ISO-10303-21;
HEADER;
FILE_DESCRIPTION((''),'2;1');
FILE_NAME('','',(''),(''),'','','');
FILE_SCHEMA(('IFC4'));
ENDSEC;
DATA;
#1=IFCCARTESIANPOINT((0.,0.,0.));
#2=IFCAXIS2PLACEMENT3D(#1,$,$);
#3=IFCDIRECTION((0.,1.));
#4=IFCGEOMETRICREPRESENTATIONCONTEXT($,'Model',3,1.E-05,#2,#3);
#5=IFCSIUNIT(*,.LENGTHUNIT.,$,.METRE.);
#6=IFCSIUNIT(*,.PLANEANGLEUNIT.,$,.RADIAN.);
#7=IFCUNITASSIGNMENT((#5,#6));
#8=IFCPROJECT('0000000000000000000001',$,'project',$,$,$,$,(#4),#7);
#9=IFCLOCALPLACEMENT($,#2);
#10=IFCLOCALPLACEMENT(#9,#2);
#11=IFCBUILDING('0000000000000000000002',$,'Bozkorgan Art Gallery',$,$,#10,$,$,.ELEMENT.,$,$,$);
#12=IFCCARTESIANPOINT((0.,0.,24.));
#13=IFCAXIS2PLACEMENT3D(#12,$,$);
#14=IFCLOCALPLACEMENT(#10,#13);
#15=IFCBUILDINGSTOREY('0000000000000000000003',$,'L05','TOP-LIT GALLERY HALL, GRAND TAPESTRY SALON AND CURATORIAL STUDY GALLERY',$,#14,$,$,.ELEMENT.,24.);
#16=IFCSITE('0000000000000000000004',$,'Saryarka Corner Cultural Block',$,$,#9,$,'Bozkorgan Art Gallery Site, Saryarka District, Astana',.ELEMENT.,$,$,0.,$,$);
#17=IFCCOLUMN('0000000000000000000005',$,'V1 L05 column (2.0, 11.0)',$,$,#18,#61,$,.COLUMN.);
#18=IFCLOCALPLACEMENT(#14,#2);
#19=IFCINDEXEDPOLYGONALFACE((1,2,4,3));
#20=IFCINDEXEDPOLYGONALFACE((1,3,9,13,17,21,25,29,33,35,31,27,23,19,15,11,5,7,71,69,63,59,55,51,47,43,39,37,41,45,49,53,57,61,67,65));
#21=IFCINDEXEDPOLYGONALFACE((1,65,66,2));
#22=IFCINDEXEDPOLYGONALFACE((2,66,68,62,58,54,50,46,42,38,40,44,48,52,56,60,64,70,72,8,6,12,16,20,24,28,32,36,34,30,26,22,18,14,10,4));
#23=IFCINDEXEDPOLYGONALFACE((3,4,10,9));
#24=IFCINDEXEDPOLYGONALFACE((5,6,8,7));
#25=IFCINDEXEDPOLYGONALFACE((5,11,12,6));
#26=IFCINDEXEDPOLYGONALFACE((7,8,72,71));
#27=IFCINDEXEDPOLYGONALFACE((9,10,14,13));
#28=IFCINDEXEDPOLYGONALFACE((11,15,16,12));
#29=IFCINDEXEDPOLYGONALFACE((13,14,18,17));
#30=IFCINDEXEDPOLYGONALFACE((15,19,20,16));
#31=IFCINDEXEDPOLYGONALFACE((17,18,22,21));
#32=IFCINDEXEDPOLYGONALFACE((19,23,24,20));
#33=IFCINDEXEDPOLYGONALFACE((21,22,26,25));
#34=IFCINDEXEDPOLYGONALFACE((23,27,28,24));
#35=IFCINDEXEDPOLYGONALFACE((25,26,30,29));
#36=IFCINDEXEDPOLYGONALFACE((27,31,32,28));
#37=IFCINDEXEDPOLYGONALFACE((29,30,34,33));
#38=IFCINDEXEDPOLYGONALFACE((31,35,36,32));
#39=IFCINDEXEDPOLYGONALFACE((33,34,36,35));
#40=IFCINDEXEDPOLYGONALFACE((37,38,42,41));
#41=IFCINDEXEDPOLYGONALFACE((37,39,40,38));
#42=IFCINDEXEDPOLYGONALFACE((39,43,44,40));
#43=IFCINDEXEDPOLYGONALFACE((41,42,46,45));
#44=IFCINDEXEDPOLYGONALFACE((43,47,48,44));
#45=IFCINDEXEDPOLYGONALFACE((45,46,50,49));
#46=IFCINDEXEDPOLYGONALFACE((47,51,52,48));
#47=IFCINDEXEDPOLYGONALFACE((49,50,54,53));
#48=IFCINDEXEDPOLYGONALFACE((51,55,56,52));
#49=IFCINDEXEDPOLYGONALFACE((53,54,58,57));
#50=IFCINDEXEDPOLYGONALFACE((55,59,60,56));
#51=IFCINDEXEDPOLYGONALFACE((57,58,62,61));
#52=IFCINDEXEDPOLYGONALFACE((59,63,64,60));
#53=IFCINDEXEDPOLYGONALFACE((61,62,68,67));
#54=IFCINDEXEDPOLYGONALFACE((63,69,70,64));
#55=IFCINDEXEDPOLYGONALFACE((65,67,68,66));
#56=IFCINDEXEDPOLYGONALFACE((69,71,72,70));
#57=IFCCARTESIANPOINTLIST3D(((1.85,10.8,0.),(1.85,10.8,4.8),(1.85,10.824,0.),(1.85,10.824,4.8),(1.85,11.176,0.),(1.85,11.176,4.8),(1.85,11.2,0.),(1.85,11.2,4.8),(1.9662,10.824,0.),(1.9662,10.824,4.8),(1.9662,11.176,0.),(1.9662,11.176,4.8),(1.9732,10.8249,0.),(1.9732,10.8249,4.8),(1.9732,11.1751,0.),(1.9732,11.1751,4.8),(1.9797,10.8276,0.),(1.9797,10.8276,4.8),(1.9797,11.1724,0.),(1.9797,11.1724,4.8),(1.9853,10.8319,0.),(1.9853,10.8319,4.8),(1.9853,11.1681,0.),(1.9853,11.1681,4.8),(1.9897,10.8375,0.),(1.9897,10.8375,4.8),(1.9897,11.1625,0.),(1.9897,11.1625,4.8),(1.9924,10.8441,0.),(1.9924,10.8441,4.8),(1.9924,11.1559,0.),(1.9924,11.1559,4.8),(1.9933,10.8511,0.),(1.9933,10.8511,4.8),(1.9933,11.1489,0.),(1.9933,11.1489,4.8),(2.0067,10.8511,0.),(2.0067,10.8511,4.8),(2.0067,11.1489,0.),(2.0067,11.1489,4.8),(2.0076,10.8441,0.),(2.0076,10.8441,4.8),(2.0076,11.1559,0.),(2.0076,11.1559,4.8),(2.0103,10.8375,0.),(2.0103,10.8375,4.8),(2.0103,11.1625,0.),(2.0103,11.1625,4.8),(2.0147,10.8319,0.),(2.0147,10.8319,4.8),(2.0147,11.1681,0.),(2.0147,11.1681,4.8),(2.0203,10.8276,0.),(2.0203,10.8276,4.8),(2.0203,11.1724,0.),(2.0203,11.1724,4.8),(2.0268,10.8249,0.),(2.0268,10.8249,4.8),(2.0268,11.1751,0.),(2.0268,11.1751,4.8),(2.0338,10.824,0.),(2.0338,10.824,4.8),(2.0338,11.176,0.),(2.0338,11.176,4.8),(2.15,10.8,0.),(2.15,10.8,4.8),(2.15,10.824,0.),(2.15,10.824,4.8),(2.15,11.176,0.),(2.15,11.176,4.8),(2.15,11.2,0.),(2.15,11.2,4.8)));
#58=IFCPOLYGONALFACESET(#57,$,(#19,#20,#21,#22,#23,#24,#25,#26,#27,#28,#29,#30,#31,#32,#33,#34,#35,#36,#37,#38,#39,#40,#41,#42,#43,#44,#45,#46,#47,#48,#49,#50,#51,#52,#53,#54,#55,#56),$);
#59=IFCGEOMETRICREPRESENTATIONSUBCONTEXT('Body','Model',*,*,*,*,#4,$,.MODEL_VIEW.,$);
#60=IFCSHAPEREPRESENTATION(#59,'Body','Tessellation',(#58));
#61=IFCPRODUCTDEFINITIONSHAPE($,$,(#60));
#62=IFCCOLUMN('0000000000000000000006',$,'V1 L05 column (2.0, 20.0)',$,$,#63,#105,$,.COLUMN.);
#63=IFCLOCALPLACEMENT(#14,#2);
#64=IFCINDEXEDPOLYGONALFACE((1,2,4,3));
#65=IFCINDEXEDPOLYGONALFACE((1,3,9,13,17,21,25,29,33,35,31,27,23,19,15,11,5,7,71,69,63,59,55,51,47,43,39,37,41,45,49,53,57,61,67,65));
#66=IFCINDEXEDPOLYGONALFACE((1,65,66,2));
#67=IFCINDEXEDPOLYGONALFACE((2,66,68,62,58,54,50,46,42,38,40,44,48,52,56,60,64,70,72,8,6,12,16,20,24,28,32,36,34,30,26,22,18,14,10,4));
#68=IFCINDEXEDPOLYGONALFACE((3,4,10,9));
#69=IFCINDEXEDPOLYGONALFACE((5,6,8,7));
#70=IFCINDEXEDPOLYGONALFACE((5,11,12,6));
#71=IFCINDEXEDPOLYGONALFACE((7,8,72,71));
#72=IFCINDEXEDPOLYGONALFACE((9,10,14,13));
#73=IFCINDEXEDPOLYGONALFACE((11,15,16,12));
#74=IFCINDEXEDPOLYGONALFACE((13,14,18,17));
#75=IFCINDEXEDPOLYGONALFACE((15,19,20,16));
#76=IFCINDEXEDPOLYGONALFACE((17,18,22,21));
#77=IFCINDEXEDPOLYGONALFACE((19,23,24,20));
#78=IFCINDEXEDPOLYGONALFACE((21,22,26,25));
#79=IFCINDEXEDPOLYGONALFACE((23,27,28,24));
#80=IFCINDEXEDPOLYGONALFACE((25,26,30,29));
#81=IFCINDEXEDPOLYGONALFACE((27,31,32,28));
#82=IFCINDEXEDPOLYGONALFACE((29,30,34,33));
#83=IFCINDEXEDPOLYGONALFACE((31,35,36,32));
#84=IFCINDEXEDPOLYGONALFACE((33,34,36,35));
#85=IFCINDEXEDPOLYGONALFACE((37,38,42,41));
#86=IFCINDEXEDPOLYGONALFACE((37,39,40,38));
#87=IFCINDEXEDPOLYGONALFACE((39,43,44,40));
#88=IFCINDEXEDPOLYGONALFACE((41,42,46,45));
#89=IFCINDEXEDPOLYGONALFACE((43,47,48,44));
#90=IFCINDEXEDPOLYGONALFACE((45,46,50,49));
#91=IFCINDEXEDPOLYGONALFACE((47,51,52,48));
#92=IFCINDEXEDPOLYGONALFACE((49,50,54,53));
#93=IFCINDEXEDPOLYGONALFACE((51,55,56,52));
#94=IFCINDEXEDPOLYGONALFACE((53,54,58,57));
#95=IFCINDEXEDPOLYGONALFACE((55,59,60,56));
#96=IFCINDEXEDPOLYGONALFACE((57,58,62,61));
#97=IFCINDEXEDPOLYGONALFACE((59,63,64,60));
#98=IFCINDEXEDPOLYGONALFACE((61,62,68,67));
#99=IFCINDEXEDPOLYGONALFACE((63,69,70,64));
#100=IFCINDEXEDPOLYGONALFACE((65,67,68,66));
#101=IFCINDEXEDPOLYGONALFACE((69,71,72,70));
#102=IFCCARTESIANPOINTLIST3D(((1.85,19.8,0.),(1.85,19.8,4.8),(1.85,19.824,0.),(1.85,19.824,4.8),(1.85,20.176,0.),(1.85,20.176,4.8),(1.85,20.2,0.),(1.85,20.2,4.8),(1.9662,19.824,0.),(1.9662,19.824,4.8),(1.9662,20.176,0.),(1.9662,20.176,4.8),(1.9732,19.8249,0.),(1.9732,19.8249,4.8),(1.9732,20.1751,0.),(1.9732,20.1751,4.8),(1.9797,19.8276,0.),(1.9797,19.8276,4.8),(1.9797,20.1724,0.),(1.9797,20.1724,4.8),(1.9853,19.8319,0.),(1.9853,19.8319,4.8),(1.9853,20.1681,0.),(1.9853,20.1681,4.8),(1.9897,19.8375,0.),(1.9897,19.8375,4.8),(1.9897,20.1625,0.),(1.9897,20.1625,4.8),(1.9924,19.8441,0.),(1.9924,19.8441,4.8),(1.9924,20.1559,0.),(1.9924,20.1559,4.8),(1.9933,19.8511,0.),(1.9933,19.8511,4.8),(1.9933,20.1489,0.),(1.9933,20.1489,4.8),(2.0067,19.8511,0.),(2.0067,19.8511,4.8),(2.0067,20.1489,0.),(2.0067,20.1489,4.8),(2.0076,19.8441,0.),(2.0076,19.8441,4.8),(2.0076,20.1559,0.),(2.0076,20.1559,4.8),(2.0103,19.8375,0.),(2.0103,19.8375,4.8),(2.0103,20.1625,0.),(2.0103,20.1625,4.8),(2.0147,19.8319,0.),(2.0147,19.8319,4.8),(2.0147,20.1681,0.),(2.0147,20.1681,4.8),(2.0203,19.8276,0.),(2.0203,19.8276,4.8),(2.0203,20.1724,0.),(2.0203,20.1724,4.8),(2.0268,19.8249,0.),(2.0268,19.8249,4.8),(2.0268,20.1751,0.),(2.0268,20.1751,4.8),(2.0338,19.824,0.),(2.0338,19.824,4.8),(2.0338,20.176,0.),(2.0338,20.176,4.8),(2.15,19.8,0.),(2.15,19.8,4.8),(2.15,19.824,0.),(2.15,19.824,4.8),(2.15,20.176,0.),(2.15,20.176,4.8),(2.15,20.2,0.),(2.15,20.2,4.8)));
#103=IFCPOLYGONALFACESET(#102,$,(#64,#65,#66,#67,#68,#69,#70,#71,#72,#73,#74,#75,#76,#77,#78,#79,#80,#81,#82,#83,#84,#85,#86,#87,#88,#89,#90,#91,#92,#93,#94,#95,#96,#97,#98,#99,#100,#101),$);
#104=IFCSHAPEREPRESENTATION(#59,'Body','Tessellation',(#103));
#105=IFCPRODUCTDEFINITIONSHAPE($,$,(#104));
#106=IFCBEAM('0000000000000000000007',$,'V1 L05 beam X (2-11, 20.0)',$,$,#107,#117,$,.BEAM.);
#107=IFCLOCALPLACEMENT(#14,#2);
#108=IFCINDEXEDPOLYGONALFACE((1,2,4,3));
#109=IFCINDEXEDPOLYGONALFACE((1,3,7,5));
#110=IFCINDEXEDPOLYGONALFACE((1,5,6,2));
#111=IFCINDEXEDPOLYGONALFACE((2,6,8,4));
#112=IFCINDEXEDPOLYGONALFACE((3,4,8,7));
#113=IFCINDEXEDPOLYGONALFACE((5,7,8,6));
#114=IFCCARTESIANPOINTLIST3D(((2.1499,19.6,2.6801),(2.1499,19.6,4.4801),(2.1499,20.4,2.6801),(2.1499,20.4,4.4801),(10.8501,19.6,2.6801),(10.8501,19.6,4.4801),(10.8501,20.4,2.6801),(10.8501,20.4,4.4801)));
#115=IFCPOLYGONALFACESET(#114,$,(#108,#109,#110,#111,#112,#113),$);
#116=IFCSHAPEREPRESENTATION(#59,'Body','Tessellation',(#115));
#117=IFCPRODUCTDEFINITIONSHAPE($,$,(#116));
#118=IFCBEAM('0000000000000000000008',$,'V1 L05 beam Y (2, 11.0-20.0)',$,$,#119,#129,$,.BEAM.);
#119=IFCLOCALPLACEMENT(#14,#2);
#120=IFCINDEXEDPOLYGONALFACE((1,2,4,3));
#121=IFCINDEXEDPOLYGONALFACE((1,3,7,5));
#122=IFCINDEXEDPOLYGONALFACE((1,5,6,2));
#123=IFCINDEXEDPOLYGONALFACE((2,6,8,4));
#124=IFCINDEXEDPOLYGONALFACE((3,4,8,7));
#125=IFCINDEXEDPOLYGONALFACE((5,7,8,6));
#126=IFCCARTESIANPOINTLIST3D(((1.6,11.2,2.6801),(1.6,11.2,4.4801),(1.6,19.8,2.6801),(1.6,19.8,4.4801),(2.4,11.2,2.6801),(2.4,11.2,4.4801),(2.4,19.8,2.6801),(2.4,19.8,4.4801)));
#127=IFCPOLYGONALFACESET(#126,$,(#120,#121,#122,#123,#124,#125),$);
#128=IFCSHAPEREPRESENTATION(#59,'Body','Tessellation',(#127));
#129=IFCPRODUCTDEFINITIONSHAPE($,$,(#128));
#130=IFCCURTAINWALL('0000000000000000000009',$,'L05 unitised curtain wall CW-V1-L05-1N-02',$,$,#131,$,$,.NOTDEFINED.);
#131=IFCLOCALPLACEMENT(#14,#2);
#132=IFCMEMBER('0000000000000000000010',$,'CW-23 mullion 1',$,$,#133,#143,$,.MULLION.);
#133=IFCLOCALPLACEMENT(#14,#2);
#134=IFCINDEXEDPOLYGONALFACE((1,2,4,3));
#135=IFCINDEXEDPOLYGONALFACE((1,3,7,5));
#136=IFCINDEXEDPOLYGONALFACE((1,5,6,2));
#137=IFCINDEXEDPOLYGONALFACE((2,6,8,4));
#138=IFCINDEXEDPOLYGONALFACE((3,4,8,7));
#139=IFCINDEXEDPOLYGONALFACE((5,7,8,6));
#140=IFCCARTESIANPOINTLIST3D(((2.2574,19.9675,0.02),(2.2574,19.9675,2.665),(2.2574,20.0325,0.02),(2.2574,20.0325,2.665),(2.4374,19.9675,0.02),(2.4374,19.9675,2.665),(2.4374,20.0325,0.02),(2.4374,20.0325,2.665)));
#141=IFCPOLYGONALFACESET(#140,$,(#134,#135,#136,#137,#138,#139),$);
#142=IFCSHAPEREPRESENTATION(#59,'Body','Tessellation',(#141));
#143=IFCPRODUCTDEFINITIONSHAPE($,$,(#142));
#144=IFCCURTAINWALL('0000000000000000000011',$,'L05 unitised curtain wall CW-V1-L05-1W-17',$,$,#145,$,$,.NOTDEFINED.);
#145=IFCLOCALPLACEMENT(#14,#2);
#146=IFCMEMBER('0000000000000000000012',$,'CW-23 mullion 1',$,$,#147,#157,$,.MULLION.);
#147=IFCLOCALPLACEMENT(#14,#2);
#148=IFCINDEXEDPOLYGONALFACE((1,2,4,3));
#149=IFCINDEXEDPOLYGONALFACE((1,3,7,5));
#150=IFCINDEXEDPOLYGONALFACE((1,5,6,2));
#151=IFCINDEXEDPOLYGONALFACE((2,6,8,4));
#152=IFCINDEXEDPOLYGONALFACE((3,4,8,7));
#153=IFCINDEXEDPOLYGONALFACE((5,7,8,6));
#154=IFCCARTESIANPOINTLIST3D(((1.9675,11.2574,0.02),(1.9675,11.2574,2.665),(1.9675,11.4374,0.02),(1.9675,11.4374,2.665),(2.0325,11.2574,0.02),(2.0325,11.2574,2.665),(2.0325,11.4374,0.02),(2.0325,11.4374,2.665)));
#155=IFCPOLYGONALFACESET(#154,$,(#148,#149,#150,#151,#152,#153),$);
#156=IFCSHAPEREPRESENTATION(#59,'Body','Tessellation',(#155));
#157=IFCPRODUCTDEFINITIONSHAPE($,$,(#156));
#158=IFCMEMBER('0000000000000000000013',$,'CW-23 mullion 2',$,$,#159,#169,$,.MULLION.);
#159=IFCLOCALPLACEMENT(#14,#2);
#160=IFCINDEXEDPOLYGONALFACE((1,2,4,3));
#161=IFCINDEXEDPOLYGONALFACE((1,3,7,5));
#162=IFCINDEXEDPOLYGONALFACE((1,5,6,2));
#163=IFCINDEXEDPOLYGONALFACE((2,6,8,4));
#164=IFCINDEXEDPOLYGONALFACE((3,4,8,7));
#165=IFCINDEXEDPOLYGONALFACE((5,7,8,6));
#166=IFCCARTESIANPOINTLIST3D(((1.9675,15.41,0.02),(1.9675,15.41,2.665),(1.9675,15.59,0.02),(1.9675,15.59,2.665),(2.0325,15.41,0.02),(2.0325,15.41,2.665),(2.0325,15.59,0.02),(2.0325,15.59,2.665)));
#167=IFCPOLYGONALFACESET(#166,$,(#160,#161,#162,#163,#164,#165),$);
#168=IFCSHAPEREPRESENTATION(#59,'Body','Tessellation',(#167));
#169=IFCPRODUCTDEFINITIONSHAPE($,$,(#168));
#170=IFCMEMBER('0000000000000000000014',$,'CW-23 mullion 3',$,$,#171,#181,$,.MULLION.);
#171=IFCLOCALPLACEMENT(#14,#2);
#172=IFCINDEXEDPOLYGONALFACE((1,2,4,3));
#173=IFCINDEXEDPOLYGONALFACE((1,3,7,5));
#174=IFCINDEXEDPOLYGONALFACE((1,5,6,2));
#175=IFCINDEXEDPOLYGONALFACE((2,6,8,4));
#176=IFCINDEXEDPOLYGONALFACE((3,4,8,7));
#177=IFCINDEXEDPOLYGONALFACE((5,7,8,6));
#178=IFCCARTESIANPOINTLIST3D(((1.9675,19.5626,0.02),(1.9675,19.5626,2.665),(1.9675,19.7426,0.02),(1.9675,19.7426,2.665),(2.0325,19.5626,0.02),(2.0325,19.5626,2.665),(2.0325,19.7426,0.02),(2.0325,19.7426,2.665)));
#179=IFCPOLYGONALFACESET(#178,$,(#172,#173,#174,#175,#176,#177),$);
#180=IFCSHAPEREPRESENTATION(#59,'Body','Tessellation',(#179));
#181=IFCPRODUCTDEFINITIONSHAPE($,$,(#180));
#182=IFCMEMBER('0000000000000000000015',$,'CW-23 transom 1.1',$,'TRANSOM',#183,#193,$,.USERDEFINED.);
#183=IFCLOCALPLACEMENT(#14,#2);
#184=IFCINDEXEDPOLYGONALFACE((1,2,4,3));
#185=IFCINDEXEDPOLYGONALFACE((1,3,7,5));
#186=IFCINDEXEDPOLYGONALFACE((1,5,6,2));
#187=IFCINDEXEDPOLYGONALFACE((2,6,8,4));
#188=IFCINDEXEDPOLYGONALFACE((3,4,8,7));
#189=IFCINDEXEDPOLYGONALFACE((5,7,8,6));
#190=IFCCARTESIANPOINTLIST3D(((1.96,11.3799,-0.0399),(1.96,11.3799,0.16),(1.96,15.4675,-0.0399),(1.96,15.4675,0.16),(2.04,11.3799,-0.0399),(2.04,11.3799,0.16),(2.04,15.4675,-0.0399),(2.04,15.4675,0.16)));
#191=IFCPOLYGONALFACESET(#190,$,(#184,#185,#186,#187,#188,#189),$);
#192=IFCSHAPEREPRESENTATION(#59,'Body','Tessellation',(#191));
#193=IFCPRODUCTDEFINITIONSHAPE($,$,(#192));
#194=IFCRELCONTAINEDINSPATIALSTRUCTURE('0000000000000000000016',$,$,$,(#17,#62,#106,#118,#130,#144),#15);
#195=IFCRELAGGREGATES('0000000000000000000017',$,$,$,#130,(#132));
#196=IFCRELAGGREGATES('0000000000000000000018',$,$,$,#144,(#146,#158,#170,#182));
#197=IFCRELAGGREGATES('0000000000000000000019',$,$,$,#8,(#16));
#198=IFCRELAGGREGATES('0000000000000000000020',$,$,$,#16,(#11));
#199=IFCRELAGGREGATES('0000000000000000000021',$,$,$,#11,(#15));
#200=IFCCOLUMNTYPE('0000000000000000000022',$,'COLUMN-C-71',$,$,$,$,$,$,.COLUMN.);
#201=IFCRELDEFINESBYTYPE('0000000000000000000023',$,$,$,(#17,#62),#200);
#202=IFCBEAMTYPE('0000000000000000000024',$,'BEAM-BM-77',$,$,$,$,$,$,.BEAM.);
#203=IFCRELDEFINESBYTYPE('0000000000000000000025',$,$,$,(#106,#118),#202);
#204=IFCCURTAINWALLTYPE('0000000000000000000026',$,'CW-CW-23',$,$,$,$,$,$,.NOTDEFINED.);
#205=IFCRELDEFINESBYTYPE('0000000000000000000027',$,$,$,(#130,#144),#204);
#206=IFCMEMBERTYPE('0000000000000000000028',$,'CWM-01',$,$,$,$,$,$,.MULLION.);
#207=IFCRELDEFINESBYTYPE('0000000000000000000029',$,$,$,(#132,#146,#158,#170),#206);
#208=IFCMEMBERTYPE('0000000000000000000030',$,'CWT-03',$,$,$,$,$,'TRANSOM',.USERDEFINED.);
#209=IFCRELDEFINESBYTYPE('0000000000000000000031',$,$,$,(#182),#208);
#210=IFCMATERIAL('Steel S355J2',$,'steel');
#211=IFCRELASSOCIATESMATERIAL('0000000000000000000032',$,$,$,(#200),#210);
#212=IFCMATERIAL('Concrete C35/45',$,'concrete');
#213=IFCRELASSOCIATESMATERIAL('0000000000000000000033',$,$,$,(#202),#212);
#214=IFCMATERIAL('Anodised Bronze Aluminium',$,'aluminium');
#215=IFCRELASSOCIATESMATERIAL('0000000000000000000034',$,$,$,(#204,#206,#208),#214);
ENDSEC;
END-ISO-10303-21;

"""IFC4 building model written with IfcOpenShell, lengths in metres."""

from ifc_helpers import new_model, si_unit, direction, frame, origin, origin_2d, place, context, subcontext, project, spatial, rectangle, i_section, extrude, material, material_profile, profile_set, type_object, element, aggregate, save


model = new_model("IFC4")

# Units and contexts
model_context = context("Model", 3, precision=1e-05, world=origin(), true_north=direction((0.0, 1.0)))
body_context = subcontext(model_context, "Body", "Model", "MODEL_VIEW")
ifc_project = project(units=[si_unit("LENGTHUNIT", "METRE"), si_unit("PLANEANGLEUNIT", "RADIAN")], contexts=[model_context])

# Site, building, storey
site_placement = place(None, origin())
site = spatial("IfcSite", under=ifc_project, at=site_placement, Name="Saryarka Corner Cultural Block", LongName="Bozkorgan Art Gallery Site, Saryarka District, Astana", CompositionType="ELEMENT", RefElevation=0.0)
building_placement = place(site_placement, origin())
building = spatial("IfcBuilding", under=site, at=building_placement, Name="Bozkorgan Art Gallery", CompositionType="ELEMENT")
storey_placement = place(building_placement, frame((0.0, 0.0, 24.0)))
storey = spatial("IfcBuildingStorey", under=building, at=storey_placement, Name="L05", Description="TOP-LIT GALLERY HALL, GRAND TAPESTRY SALON AND CURATORIAL STUDY GALLERY", CompositionType="ELEMENT", Elevation=24.0)

# Columns
ifc_material_1 = material(Name="Steel S355J2", Category="steel")
ifc_material_profile_1 = material_profile(ifc_material_1, i_section(OverallWidth=0.3, OverallDepth=0.3999, WebThickness=0.0134, FlangeThickness=0.0239, FilletRadius=0.0271, at=origin_2d()), Name="HEB 400")
ifc_profile_set_1 = profile_set([ifc_material_profile_1], Name="Steel S355J2")
column_type = type_object("IfcColumnType", Name="COLUMN-C-71", PredefinedType="COLUMN", material=ifc_profile_set_1)
for number, where, z_axis, x_axis, name in (
    (1, (2.0, 11.0, 0.0), (0.0, 0.0, 1.0), (1.0, 0.0, 0.0), "V1 L05 column (2.0, 11.0)"),
    (2, (2.0, 20.0, 0.0), (0.0, 0.0, 1.0), (1.0, 0.0, 0.0), "V1 L05 column (2.0, 20.0)"),
):
    element("IfcColumn", number, at=place(storey_placement, frame(where, z_axis=z_axis, x_axis=x_axis)), inside=storey, type_object=column_type, Name=name, PredefinedType="COLUMN", context=body_context, shape_type="SweptSolid", body=[
        extrude(i_section(OverallWidth=0.3, OverallDepth=0.3999, WebThickness=0.0134, FlangeThickness=0.0239, FilletRadius=0.0271, at=origin_2d()), origin(), (0.0, 0.0, 1.0), 4.8),
    ])

# Beams
ifc_material_2 = material(Name="Concrete C35/45", Category="concrete")
ifc_material_profile_2 = material_profile(ifc_material_2, rectangle(XDim=0.8, YDim=1.8, at=origin_2d()), Name="RC 800x1800")
ifc_profile_set_2 = profile_set([ifc_material_profile_2], Name="Concrete C35/45")
beam_type = type_object("IfcBeamType", Name="BEAM-BM-77", PredefinedType="BEAM", material=ifc_profile_set_2)
beam_1_placement = place(storey_placement, frame((2.1499, 20.0, 3.5801), z_axis=(1.0, 0.0, 0.0), x_axis=(0.0, 1.0, 0.0)))
element("IfcBeam", 3, at=beam_1_placement, inside=storey, type_object=beam_type, Name="V1 L05 beam X (2-11, 20.0)", PredefinedType="BEAM", context=body_context, shape_type="SweptSolid", body=[
    extrude(rectangle(XDim=0.8, YDim=1.8, at=origin_2d()), origin(), (0.0, 0.0, 1.0), 8.7002),
])
beam_2_placement = place(storey_placement, frame((2.0, 11.2, 3.5801), z_axis=(0.0, 1.0, 0.0), x_axis=(-1.0, 0.0, 0.0)))
element("IfcBeam", 4, at=beam_2_placement, inside=storey, type_object=beam_type, Name="V1 L05 beam Y (2, 11.0-20.0)", PredefinedType="BEAM", context=body_context, shape_type="SweptSolid", body=[
    extrude(rectangle(XDim=0.8, YDim=1.8, at=origin_2d()), origin(), (0.0, 0.0, 1.0), 8.6001),
])

# Curtain wall, member
ifc_material_3 = material(Name="Anodised Bronze Aluminium", Category="aluminium")
curtain_wall_type = type_object("IfcCurtainWallType", Name="CW-CW-23", PredefinedType="NOTDEFINED", material=ifc_material_3)
curtain_wall_1_placement = place(storey_placement, origin())
curtain_wall_1 = element("IfcCurtainWall", 5, at=curtain_wall_1_placement, inside=storey, type_object=curtain_wall_type, Name="L05 unitised curtain wall CW-V1-L05-1N-02", PredefinedType="NOTDEFINED")
ifc_material_profile_3 = material_profile(ifc_material_3, rectangle(XDim=0.0649, YDim=0.1799, at=origin_2d()), Name="ALU MULLION 65x180")
ifc_profile_set_3 = profile_set([ifc_material_profile_3], Name="Anodised Bronze Aluminium")
member_type_1 = type_object("IfcMemberType", Name="CWM-01", PredefinedType="MULLION", material=ifc_profile_set_3)
member_1_placement = place(storey_placement, frame((2.3474, 20.0, 0.02), z_axis=(0.0, 0.0, 1.0), x_axis=(0.0, 1.0, 0.0)))
member_1 = element("IfcMember", 6, at=member_1_placement, type_object=member_type_1, Name="CW-23 mullion 1", PredefinedType="MULLION", context=body_context, shape_type="SweptSolid", body=[
    extrude(rectangle(XDim=0.0649, YDim=0.1799, at=origin_2d()), origin(), (0.0, 0.0, 1.0), 2.645),
])
aggregate(curtain_wall_1, [member_1])

# Curtain wall, members
curtain_wall_2_placement = place(storey_placement, origin())
curtain_wall_2 = element("IfcCurtainWall", 7, at=curtain_wall_2_placement, inside=storey, type_object=curtain_wall_type, Name="L05 unitised curtain wall CW-V1-L05-1W-17", PredefinedType="NOTDEFINED")
member_2_placement = place(storey_placement, frame((2.0, 11.3474, 0.02), z_axis=(0.0, 0.0, 1.0), x_axis=(-1.0, 0.0, 0.0)))
member_2 = element("IfcMember", 8, at=member_2_placement, type_object=member_type_1, Name="CW-23 mullion 1", PredefinedType="MULLION", context=body_context, shape_type="SweptSolid", body=[
    extrude(rectangle(XDim=0.0649, YDim=0.1799, at=origin_2d()), origin(), (0.0, 0.0, 1.0), 2.645),
])
member_3_placement = place(storey_placement, frame((2.0, 15.5, 0.02), z_axis=(0.0, 0.0, 1.0), x_axis=(-1.0, 0.0, 0.0)))
member_3 = element("IfcMember", 9, at=member_3_placement, type_object=member_type_1, Name="CW-23 mullion 2", PredefinedType="MULLION", context=body_context, shape_type="SweptSolid", body=[
    extrude(rectangle(XDim=0.0649, YDim=0.1799, at=origin_2d()), origin(), (0.0, 0.0, 1.0), 2.645),
])
member_4_placement = place(storey_placement, frame((2.0, 19.6526, 0.02), z_axis=(0.0, 0.0, 1.0), x_axis=(-1.0, 0.0, 0.0)))
member_4 = element("IfcMember", 10, at=member_4_placement, type_object=member_type_1, Name="CW-23 mullion 3", PredefinedType="MULLION", context=body_context, shape_type="SweptSolid", body=[
    extrude(rectangle(XDim=0.0649, YDim=0.1799, at=origin_2d()), origin(), (0.0, 0.0, 1.0), 2.645),
])
ifc_material_profile_4 = material_profile(ifc_material_3, rectangle(XDim=0.0801, YDim=0.2, at=origin_2d()), Name="ALU TRANSOM 80x200")
ifc_profile_set_4 = profile_set([ifc_material_profile_4], Name="Anodised Bronze Aluminium")
member_type_2 = type_object("IfcMemberType", Name="CWT-03", ElementType="TRANSOM", PredefinedType="USERDEFINED", material=ifc_profile_set_4)
member_5_placement = place(storey_placement, frame((2.0, 11.3799, 0.0601), z_axis=(0.0, 1.0, 0.0), x_axis=(-1.0, 0.0, 0.0)))
member_5 = element("IfcMember", 11, at=member_5_placement, type_object=member_type_2, Name="CW-23 transom 1.1", ObjectType="TRANSOM", PredefinedType="USERDEFINED", context=body_context, shape_type="SweptSolid", body=[
    extrude(rectangle(XDim=0.0801, YDim=0.2, at=origin_2d()), origin(), (0.0, 0.0, 1.0), 4.0876),
])
aggregate(curtain_wall_2, [member_2, member_3, member_4, member_5])

save(model, "model.ifc")
